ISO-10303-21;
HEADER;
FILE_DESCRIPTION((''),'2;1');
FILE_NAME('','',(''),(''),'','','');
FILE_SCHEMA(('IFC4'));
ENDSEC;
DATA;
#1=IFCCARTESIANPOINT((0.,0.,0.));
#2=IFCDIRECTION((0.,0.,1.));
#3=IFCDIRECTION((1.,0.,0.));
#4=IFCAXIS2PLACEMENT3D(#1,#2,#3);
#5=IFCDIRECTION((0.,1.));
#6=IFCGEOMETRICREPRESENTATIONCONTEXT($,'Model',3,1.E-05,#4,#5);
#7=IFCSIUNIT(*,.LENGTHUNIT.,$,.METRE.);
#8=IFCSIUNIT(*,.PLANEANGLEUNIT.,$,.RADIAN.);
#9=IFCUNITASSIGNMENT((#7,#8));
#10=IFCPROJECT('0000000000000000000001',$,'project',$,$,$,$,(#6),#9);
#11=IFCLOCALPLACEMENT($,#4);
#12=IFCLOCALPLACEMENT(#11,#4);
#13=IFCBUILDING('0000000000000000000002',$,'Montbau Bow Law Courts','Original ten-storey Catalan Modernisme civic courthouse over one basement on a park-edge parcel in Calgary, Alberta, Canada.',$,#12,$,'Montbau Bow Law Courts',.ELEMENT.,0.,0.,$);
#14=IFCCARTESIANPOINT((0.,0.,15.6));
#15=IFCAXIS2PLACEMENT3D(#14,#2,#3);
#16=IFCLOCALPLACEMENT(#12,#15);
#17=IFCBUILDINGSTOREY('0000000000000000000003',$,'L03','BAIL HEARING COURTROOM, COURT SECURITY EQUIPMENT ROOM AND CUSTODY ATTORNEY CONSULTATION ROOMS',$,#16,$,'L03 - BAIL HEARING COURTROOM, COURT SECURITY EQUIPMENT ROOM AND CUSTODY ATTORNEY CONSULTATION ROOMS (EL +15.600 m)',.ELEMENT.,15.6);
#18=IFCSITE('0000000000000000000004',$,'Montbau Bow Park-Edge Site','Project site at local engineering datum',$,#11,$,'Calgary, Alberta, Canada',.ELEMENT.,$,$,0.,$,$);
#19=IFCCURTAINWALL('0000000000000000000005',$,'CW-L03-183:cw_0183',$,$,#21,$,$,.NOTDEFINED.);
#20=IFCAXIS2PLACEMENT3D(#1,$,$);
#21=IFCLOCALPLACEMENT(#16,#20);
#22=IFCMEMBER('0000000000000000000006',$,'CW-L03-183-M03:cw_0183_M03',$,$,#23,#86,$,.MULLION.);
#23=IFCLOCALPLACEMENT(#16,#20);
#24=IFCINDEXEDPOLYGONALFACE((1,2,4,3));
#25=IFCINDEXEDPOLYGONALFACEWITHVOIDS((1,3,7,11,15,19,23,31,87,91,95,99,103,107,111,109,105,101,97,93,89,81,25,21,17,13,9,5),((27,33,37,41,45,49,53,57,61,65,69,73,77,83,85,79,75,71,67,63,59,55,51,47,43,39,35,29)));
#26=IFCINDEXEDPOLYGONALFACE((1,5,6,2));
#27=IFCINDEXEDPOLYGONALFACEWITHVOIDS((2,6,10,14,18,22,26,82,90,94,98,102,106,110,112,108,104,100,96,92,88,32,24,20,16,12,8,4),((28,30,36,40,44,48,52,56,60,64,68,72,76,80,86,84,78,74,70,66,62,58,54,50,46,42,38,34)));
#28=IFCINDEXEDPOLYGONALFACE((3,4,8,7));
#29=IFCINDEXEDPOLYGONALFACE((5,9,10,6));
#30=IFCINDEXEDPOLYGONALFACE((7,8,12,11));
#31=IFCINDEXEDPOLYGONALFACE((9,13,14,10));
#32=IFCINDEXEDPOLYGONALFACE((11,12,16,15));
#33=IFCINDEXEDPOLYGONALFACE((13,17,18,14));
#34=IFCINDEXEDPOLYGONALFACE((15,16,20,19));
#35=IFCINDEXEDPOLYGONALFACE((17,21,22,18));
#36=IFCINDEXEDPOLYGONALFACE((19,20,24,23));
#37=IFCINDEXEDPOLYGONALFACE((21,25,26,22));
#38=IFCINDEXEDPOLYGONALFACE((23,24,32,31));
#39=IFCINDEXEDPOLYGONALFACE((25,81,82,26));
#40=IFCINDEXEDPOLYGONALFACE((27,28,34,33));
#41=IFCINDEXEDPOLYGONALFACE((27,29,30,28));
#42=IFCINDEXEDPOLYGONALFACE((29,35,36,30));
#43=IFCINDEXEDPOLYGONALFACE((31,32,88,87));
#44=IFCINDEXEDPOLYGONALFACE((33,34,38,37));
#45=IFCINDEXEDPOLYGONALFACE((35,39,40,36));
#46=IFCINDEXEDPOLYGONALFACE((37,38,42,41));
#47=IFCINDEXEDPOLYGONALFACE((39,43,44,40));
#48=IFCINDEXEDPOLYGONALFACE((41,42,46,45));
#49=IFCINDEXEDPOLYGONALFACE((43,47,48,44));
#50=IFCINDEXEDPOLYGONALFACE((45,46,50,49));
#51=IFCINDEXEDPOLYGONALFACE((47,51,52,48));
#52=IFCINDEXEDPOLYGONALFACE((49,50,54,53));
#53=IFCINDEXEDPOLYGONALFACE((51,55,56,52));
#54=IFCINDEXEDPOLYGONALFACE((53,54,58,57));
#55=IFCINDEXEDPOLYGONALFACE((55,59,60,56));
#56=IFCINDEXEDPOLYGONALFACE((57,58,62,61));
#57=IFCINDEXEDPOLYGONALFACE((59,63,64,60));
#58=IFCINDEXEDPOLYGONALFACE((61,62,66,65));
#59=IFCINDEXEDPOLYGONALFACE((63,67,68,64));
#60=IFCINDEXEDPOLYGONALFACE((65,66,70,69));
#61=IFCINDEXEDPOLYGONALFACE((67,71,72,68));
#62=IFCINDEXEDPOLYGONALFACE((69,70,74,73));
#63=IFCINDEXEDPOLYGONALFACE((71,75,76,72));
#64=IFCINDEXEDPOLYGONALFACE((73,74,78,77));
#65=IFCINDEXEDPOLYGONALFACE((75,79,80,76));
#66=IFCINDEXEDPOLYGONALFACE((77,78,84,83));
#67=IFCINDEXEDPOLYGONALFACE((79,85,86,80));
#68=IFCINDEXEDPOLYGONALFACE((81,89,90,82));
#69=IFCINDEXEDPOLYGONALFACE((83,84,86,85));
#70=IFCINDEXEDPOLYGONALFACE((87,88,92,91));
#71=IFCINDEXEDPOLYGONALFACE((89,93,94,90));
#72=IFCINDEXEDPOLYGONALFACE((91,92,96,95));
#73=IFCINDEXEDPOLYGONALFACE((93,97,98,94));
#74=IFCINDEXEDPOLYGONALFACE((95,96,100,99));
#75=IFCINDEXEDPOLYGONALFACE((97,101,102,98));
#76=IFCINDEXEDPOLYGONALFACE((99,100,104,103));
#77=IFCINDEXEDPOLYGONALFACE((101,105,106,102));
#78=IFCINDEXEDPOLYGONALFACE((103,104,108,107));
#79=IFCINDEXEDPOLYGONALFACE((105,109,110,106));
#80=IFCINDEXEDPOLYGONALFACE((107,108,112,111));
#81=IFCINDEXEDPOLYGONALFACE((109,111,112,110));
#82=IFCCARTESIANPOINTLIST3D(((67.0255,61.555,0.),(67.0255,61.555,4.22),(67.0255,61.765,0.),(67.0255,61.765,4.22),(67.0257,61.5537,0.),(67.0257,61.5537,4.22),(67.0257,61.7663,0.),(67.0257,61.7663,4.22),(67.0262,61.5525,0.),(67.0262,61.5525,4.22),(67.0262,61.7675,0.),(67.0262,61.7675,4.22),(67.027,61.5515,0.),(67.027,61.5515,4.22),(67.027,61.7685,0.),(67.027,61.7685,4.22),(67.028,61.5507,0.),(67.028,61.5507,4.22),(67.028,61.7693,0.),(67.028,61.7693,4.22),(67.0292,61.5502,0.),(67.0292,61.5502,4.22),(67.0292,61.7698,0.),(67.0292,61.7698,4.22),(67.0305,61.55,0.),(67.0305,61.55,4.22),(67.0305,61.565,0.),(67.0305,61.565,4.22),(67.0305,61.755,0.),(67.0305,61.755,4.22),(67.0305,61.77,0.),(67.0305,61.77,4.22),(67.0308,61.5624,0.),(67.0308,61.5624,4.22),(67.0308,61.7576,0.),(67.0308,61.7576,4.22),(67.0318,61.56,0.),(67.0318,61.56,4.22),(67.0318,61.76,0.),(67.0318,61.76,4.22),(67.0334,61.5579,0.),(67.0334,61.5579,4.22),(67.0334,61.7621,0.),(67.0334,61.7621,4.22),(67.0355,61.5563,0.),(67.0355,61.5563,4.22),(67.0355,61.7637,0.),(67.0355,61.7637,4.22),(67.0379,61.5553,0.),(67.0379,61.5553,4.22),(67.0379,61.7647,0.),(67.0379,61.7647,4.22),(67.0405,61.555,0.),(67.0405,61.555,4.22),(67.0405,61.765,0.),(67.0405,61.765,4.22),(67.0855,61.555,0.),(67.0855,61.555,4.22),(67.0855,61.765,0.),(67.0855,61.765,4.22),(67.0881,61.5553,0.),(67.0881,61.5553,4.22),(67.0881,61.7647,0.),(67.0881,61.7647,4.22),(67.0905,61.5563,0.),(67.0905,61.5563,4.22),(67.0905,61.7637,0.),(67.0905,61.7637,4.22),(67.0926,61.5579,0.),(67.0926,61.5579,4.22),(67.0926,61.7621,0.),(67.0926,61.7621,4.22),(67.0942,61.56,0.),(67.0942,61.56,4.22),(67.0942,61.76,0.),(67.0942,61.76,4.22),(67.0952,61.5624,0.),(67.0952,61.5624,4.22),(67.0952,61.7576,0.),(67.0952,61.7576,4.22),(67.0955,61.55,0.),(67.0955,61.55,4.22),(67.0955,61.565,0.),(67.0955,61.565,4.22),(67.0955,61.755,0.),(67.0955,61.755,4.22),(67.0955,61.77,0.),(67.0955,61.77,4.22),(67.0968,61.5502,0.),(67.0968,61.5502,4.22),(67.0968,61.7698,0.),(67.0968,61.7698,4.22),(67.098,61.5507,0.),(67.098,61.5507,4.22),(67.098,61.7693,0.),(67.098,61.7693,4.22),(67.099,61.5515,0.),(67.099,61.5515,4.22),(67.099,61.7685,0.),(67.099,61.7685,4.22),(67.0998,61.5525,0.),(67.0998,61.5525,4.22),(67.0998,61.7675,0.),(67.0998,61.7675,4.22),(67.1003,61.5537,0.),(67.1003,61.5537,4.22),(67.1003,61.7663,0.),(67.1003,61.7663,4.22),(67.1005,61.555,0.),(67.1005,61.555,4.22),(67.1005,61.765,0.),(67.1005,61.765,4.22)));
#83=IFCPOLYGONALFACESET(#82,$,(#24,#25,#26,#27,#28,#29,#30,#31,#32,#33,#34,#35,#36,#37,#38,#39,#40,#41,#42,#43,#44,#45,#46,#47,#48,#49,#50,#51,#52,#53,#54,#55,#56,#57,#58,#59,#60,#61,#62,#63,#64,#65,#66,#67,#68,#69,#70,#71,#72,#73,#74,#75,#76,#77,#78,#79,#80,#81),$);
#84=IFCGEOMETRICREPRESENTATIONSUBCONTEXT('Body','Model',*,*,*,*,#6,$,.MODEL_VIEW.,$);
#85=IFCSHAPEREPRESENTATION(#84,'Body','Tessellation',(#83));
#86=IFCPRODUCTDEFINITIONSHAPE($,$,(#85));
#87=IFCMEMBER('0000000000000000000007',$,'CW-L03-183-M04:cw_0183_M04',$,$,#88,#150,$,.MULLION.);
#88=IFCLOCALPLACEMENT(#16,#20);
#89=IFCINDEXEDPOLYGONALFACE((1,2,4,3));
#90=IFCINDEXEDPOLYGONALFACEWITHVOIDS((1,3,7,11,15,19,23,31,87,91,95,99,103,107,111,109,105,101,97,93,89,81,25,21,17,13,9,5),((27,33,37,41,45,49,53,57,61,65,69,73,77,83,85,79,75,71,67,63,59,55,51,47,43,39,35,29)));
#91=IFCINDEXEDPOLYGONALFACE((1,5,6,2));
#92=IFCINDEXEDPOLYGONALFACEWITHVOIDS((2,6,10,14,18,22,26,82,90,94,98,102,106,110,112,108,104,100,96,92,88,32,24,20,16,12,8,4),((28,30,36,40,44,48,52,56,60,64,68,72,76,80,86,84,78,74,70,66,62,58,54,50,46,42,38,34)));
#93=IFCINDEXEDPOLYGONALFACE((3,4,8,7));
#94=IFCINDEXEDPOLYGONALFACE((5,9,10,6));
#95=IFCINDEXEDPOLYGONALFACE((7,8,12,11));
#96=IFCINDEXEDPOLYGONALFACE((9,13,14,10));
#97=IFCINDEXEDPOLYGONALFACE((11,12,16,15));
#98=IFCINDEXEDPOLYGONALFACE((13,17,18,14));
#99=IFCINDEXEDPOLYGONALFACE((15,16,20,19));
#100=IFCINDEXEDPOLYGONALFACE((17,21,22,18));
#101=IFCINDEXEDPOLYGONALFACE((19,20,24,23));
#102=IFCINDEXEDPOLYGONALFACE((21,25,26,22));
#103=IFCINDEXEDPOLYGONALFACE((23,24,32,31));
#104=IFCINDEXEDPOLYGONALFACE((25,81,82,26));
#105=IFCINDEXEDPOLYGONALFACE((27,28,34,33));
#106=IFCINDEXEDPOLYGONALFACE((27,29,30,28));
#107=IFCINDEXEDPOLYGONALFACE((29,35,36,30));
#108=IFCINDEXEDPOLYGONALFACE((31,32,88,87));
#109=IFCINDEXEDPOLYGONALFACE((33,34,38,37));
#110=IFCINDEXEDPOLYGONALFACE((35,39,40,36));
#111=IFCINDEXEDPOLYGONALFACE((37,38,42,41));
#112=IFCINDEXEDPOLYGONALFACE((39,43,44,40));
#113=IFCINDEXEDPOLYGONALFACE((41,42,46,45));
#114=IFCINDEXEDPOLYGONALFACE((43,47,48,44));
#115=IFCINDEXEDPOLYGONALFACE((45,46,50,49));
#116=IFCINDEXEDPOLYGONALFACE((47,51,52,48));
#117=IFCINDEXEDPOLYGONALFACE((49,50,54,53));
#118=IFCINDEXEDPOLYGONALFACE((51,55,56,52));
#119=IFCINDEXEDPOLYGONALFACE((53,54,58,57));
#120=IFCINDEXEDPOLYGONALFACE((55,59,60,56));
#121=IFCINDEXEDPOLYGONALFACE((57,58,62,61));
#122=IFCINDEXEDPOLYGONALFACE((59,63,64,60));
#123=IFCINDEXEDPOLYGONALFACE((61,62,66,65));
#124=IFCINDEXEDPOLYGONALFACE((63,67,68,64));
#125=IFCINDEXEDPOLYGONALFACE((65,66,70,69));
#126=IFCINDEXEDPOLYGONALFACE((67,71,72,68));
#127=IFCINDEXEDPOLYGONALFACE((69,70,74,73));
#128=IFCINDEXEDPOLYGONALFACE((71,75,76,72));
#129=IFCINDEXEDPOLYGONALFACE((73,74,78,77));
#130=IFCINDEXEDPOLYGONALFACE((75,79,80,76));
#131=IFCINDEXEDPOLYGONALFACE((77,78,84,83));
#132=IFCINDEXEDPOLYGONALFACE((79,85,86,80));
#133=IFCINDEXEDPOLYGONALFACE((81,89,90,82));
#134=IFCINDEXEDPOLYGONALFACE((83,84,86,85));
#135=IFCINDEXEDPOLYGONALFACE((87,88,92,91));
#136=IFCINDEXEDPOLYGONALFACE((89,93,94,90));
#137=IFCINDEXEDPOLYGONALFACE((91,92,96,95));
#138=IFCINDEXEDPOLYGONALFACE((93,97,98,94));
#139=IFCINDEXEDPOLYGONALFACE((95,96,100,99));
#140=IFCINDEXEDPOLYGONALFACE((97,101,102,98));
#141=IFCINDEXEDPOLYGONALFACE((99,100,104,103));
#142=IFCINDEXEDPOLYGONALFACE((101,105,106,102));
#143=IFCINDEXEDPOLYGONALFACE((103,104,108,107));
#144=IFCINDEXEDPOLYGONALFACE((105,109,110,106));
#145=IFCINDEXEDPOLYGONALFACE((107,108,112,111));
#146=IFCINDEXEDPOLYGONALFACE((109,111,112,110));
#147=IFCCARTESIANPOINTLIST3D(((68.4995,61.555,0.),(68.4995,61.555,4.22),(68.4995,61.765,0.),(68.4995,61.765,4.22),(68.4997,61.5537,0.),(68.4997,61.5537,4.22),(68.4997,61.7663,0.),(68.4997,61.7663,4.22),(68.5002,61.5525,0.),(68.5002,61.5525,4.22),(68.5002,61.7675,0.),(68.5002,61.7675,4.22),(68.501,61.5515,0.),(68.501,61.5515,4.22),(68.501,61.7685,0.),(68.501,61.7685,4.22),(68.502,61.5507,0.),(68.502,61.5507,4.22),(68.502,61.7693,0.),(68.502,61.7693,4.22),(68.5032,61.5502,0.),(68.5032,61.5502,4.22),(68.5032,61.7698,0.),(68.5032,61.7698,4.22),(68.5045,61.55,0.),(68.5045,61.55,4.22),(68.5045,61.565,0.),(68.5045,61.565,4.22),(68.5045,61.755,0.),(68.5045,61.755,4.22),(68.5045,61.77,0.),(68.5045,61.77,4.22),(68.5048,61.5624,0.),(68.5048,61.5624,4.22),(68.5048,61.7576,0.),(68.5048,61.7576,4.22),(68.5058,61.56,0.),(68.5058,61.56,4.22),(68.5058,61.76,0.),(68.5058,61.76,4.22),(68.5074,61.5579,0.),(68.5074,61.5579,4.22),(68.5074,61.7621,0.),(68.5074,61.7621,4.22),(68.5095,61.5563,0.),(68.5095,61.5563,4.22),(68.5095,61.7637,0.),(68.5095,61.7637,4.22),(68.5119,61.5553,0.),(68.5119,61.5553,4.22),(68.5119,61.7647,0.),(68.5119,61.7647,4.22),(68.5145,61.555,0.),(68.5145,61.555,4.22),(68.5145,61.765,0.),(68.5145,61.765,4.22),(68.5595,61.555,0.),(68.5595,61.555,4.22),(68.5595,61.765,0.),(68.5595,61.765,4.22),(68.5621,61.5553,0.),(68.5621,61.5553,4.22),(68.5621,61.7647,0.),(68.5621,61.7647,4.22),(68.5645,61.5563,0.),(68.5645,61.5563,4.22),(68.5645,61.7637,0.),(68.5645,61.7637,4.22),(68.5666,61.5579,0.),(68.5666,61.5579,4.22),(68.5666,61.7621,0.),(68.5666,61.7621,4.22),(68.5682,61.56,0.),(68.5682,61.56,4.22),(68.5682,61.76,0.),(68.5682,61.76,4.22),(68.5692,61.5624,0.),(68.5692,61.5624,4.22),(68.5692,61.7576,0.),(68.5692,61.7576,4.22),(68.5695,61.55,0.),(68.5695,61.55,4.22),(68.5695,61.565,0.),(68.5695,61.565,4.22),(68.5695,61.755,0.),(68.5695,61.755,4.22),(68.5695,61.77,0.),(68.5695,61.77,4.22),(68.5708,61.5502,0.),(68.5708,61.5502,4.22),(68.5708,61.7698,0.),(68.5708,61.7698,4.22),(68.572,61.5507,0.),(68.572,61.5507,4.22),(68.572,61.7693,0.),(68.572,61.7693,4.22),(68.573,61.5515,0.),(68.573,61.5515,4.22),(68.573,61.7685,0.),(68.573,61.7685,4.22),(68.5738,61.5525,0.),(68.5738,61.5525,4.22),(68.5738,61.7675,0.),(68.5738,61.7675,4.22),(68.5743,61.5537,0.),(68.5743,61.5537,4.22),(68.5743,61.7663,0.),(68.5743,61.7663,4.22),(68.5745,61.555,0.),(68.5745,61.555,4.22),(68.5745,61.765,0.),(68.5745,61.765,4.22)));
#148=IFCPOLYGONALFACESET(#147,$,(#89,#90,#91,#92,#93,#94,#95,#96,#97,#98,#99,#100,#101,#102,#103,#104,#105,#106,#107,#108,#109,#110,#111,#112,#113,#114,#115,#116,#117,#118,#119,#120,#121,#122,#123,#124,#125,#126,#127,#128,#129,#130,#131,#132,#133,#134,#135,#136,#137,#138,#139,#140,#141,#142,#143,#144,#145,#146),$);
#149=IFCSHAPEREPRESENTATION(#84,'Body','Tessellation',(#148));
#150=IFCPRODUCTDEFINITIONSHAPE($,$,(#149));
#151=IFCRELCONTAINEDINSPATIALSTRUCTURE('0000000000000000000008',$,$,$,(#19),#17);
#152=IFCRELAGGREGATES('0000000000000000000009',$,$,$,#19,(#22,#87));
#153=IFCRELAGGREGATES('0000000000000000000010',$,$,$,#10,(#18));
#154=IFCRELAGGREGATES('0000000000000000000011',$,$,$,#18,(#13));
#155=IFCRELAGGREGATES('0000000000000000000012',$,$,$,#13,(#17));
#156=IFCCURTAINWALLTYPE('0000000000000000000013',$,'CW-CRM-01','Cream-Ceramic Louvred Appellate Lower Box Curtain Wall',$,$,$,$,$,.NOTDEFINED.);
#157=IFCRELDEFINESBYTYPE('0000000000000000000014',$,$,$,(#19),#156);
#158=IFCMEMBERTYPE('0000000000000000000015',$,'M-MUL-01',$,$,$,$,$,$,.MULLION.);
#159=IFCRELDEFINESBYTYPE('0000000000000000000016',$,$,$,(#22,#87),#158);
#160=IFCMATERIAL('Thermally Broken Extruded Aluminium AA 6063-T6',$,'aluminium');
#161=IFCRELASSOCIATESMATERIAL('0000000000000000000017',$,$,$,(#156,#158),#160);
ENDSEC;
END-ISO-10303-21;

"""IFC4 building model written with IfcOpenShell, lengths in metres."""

from ifc_helpers import new_model, si_unit, direction, frame, origin_with_axes, origin_2d_with_axis, place, context, subcontext, project, spatial, hollow_rectangle, extrude, material, material_profile, profile_set, type_object, element, aggregate, save


model = new_model("IFC4")

# Units and contexts
model_context = context("Model", 3, precision=1e-05, world=origin_with_axes(), true_north=direction((0.0, 1.0)))
body_context = subcontext(model_context, "Body", "Model", "MODEL_VIEW")
ifc_project = project(units=[si_unit("LENGTHUNIT", "METRE"), si_unit("PLANEANGLEUNIT", "RADIAN")], contexts=[model_context])

# Site, building, storey
site_placement = place(None, origin_with_axes())
site = spatial("IfcSite", under=ifc_project, at=site_placement, Name="Montbau Bow Park-Edge Site", Description="Project site at local engineering datum", LongName="Calgary, Alberta, Canada", CompositionType="ELEMENT", RefElevation=0.0)
building_placement = place(site_placement, origin_with_axes())
building = spatial("IfcBuilding", under=site, at=building_placement, Name="Montbau Bow Law Courts", Description="Original ten-storey Catalan Modernisme civic courthouse over one basement on a park-edge parcel in Calgary, Alberta, Canada.", LongName="Montbau Bow Law Courts", CompositionType="ELEMENT", ElevationOfRefHeight=0.0, ElevationOfTerrain=0.0)
storey_placement = place(building_placement, frame((0.0, 0.0, 15.6), z_axis=(0.0, 0.0, 1.0), x_axis=(1.0, 0.0, 0.0)))
storey = spatial("IfcBuildingStorey", under=building, at=storey_placement, Name="L03", Description="BAIL HEARING COURTROOM, COURT SECURITY EQUIPMENT ROOM AND CUSTODY ATTORNEY CONSULTATION ROOMS", LongName="L03 - BAIL HEARING COURTROOM, COURT SECURITY EQUIPMENT ROOM AND CUSTODY ATTORNEY CONSULTATION ROOMS (EL +15.600 m)", CompositionType="ELEMENT", Elevation=15.6)

# Curtain wall, members
ifc_material_1 = material(Name="Thermally Broken Extruded Aluminium AA 6063-T6", Category="aluminium")
curtain_wall_type = type_object("IfcCurtainWallType", Name="CW-CRM-01", Description="Cream-Ceramic Louvred Appellate Lower Box Curtain Wall", PredefinedType="NOTDEFINED", material=ifc_material_1)
curtain_wall_1_placement = place(None, frame((64.115, 61.66, 15.6), z_axis=(0.0, 0.0, 1.0), x_axis=(1.0, 0.0, 0.0)))
curtain_wall_1 = element("IfcCurtainWall", 1, at=curtain_wall_1_placement, inside=storey, type_object=curtain_wall_type, Name="CW-L03-183:cw_0183", PredefinedType="NOTDEFINED")
ifc_material_profile_1 = material_profile(ifc_material_1, hollow_rectangle(XDim=0.075, YDim=0.22, WallThickness=0.005, InnerFilletRadius=0.01, OuterFilletRadius=0.005, at=origin_2d_with_axis()), Name="CWM-220X75", Category="Main", Priority=0)
ifc_profile_set_1 = profile_set([ifc_material_profile_1], Name="Thermally Broken Extruded Aluminium AA 6063-T6")
member_type_1 = type_object("IfcMemberType", Name="M-MUL-01", PredefinedType="MULLION", material=ifc_profile_set_1)
member_1_placement = place(None, frame((67.063, 61.66, 15.6), z_axis=(0.0, 0.0, 1.0), x_axis=(1.0, 0.0, 0.0)))
member_1 = element("IfcMember", 2, at=member_1_placement, type_object=member_type_1, Name="CW-L03-183-M03:cw_0183_M03", PredefinedType="MULLION", context=body_context, shape_type="SweptSolid", body=[
    extrude(hollow_rectangle(XDim=0.075, YDim=0.22, WallThickness=0.005, InnerFilletRadius=0.01, OuterFilletRadius=0.005, at=origin_2d_with_axis()), origin_with_axes(), (0.0, 0.0, 1.0), 4.22),
])
member_2_placement = place(None, frame((68.537, 61.66, 15.6), z_axis=(0.0, 0.0, 1.0), x_axis=(1.0, 0.0, 0.0)))
member_2 = element("IfcMember", 3, at=member_2_placement, type_object=member_type_1, Name="CW-L03-183-M04:cw_0183_M04", PredefinedType="MULLION", context=body_context, shape_type="SweptSolid", body=[
    extrude(hollow_rectangle(XDim=0.075, YDim=0.22, WallThickness=0.005, InnerFilletRadius=0.01, OuterFilletRadius=0.005, at=origin_2d_with_axis()), origin_with_axes(), (0.0, 0.0, 1.0), 4.22),
])

aggregate(curtain_wall_1, [member_1, member_2])

save(model, "model.ifc")
